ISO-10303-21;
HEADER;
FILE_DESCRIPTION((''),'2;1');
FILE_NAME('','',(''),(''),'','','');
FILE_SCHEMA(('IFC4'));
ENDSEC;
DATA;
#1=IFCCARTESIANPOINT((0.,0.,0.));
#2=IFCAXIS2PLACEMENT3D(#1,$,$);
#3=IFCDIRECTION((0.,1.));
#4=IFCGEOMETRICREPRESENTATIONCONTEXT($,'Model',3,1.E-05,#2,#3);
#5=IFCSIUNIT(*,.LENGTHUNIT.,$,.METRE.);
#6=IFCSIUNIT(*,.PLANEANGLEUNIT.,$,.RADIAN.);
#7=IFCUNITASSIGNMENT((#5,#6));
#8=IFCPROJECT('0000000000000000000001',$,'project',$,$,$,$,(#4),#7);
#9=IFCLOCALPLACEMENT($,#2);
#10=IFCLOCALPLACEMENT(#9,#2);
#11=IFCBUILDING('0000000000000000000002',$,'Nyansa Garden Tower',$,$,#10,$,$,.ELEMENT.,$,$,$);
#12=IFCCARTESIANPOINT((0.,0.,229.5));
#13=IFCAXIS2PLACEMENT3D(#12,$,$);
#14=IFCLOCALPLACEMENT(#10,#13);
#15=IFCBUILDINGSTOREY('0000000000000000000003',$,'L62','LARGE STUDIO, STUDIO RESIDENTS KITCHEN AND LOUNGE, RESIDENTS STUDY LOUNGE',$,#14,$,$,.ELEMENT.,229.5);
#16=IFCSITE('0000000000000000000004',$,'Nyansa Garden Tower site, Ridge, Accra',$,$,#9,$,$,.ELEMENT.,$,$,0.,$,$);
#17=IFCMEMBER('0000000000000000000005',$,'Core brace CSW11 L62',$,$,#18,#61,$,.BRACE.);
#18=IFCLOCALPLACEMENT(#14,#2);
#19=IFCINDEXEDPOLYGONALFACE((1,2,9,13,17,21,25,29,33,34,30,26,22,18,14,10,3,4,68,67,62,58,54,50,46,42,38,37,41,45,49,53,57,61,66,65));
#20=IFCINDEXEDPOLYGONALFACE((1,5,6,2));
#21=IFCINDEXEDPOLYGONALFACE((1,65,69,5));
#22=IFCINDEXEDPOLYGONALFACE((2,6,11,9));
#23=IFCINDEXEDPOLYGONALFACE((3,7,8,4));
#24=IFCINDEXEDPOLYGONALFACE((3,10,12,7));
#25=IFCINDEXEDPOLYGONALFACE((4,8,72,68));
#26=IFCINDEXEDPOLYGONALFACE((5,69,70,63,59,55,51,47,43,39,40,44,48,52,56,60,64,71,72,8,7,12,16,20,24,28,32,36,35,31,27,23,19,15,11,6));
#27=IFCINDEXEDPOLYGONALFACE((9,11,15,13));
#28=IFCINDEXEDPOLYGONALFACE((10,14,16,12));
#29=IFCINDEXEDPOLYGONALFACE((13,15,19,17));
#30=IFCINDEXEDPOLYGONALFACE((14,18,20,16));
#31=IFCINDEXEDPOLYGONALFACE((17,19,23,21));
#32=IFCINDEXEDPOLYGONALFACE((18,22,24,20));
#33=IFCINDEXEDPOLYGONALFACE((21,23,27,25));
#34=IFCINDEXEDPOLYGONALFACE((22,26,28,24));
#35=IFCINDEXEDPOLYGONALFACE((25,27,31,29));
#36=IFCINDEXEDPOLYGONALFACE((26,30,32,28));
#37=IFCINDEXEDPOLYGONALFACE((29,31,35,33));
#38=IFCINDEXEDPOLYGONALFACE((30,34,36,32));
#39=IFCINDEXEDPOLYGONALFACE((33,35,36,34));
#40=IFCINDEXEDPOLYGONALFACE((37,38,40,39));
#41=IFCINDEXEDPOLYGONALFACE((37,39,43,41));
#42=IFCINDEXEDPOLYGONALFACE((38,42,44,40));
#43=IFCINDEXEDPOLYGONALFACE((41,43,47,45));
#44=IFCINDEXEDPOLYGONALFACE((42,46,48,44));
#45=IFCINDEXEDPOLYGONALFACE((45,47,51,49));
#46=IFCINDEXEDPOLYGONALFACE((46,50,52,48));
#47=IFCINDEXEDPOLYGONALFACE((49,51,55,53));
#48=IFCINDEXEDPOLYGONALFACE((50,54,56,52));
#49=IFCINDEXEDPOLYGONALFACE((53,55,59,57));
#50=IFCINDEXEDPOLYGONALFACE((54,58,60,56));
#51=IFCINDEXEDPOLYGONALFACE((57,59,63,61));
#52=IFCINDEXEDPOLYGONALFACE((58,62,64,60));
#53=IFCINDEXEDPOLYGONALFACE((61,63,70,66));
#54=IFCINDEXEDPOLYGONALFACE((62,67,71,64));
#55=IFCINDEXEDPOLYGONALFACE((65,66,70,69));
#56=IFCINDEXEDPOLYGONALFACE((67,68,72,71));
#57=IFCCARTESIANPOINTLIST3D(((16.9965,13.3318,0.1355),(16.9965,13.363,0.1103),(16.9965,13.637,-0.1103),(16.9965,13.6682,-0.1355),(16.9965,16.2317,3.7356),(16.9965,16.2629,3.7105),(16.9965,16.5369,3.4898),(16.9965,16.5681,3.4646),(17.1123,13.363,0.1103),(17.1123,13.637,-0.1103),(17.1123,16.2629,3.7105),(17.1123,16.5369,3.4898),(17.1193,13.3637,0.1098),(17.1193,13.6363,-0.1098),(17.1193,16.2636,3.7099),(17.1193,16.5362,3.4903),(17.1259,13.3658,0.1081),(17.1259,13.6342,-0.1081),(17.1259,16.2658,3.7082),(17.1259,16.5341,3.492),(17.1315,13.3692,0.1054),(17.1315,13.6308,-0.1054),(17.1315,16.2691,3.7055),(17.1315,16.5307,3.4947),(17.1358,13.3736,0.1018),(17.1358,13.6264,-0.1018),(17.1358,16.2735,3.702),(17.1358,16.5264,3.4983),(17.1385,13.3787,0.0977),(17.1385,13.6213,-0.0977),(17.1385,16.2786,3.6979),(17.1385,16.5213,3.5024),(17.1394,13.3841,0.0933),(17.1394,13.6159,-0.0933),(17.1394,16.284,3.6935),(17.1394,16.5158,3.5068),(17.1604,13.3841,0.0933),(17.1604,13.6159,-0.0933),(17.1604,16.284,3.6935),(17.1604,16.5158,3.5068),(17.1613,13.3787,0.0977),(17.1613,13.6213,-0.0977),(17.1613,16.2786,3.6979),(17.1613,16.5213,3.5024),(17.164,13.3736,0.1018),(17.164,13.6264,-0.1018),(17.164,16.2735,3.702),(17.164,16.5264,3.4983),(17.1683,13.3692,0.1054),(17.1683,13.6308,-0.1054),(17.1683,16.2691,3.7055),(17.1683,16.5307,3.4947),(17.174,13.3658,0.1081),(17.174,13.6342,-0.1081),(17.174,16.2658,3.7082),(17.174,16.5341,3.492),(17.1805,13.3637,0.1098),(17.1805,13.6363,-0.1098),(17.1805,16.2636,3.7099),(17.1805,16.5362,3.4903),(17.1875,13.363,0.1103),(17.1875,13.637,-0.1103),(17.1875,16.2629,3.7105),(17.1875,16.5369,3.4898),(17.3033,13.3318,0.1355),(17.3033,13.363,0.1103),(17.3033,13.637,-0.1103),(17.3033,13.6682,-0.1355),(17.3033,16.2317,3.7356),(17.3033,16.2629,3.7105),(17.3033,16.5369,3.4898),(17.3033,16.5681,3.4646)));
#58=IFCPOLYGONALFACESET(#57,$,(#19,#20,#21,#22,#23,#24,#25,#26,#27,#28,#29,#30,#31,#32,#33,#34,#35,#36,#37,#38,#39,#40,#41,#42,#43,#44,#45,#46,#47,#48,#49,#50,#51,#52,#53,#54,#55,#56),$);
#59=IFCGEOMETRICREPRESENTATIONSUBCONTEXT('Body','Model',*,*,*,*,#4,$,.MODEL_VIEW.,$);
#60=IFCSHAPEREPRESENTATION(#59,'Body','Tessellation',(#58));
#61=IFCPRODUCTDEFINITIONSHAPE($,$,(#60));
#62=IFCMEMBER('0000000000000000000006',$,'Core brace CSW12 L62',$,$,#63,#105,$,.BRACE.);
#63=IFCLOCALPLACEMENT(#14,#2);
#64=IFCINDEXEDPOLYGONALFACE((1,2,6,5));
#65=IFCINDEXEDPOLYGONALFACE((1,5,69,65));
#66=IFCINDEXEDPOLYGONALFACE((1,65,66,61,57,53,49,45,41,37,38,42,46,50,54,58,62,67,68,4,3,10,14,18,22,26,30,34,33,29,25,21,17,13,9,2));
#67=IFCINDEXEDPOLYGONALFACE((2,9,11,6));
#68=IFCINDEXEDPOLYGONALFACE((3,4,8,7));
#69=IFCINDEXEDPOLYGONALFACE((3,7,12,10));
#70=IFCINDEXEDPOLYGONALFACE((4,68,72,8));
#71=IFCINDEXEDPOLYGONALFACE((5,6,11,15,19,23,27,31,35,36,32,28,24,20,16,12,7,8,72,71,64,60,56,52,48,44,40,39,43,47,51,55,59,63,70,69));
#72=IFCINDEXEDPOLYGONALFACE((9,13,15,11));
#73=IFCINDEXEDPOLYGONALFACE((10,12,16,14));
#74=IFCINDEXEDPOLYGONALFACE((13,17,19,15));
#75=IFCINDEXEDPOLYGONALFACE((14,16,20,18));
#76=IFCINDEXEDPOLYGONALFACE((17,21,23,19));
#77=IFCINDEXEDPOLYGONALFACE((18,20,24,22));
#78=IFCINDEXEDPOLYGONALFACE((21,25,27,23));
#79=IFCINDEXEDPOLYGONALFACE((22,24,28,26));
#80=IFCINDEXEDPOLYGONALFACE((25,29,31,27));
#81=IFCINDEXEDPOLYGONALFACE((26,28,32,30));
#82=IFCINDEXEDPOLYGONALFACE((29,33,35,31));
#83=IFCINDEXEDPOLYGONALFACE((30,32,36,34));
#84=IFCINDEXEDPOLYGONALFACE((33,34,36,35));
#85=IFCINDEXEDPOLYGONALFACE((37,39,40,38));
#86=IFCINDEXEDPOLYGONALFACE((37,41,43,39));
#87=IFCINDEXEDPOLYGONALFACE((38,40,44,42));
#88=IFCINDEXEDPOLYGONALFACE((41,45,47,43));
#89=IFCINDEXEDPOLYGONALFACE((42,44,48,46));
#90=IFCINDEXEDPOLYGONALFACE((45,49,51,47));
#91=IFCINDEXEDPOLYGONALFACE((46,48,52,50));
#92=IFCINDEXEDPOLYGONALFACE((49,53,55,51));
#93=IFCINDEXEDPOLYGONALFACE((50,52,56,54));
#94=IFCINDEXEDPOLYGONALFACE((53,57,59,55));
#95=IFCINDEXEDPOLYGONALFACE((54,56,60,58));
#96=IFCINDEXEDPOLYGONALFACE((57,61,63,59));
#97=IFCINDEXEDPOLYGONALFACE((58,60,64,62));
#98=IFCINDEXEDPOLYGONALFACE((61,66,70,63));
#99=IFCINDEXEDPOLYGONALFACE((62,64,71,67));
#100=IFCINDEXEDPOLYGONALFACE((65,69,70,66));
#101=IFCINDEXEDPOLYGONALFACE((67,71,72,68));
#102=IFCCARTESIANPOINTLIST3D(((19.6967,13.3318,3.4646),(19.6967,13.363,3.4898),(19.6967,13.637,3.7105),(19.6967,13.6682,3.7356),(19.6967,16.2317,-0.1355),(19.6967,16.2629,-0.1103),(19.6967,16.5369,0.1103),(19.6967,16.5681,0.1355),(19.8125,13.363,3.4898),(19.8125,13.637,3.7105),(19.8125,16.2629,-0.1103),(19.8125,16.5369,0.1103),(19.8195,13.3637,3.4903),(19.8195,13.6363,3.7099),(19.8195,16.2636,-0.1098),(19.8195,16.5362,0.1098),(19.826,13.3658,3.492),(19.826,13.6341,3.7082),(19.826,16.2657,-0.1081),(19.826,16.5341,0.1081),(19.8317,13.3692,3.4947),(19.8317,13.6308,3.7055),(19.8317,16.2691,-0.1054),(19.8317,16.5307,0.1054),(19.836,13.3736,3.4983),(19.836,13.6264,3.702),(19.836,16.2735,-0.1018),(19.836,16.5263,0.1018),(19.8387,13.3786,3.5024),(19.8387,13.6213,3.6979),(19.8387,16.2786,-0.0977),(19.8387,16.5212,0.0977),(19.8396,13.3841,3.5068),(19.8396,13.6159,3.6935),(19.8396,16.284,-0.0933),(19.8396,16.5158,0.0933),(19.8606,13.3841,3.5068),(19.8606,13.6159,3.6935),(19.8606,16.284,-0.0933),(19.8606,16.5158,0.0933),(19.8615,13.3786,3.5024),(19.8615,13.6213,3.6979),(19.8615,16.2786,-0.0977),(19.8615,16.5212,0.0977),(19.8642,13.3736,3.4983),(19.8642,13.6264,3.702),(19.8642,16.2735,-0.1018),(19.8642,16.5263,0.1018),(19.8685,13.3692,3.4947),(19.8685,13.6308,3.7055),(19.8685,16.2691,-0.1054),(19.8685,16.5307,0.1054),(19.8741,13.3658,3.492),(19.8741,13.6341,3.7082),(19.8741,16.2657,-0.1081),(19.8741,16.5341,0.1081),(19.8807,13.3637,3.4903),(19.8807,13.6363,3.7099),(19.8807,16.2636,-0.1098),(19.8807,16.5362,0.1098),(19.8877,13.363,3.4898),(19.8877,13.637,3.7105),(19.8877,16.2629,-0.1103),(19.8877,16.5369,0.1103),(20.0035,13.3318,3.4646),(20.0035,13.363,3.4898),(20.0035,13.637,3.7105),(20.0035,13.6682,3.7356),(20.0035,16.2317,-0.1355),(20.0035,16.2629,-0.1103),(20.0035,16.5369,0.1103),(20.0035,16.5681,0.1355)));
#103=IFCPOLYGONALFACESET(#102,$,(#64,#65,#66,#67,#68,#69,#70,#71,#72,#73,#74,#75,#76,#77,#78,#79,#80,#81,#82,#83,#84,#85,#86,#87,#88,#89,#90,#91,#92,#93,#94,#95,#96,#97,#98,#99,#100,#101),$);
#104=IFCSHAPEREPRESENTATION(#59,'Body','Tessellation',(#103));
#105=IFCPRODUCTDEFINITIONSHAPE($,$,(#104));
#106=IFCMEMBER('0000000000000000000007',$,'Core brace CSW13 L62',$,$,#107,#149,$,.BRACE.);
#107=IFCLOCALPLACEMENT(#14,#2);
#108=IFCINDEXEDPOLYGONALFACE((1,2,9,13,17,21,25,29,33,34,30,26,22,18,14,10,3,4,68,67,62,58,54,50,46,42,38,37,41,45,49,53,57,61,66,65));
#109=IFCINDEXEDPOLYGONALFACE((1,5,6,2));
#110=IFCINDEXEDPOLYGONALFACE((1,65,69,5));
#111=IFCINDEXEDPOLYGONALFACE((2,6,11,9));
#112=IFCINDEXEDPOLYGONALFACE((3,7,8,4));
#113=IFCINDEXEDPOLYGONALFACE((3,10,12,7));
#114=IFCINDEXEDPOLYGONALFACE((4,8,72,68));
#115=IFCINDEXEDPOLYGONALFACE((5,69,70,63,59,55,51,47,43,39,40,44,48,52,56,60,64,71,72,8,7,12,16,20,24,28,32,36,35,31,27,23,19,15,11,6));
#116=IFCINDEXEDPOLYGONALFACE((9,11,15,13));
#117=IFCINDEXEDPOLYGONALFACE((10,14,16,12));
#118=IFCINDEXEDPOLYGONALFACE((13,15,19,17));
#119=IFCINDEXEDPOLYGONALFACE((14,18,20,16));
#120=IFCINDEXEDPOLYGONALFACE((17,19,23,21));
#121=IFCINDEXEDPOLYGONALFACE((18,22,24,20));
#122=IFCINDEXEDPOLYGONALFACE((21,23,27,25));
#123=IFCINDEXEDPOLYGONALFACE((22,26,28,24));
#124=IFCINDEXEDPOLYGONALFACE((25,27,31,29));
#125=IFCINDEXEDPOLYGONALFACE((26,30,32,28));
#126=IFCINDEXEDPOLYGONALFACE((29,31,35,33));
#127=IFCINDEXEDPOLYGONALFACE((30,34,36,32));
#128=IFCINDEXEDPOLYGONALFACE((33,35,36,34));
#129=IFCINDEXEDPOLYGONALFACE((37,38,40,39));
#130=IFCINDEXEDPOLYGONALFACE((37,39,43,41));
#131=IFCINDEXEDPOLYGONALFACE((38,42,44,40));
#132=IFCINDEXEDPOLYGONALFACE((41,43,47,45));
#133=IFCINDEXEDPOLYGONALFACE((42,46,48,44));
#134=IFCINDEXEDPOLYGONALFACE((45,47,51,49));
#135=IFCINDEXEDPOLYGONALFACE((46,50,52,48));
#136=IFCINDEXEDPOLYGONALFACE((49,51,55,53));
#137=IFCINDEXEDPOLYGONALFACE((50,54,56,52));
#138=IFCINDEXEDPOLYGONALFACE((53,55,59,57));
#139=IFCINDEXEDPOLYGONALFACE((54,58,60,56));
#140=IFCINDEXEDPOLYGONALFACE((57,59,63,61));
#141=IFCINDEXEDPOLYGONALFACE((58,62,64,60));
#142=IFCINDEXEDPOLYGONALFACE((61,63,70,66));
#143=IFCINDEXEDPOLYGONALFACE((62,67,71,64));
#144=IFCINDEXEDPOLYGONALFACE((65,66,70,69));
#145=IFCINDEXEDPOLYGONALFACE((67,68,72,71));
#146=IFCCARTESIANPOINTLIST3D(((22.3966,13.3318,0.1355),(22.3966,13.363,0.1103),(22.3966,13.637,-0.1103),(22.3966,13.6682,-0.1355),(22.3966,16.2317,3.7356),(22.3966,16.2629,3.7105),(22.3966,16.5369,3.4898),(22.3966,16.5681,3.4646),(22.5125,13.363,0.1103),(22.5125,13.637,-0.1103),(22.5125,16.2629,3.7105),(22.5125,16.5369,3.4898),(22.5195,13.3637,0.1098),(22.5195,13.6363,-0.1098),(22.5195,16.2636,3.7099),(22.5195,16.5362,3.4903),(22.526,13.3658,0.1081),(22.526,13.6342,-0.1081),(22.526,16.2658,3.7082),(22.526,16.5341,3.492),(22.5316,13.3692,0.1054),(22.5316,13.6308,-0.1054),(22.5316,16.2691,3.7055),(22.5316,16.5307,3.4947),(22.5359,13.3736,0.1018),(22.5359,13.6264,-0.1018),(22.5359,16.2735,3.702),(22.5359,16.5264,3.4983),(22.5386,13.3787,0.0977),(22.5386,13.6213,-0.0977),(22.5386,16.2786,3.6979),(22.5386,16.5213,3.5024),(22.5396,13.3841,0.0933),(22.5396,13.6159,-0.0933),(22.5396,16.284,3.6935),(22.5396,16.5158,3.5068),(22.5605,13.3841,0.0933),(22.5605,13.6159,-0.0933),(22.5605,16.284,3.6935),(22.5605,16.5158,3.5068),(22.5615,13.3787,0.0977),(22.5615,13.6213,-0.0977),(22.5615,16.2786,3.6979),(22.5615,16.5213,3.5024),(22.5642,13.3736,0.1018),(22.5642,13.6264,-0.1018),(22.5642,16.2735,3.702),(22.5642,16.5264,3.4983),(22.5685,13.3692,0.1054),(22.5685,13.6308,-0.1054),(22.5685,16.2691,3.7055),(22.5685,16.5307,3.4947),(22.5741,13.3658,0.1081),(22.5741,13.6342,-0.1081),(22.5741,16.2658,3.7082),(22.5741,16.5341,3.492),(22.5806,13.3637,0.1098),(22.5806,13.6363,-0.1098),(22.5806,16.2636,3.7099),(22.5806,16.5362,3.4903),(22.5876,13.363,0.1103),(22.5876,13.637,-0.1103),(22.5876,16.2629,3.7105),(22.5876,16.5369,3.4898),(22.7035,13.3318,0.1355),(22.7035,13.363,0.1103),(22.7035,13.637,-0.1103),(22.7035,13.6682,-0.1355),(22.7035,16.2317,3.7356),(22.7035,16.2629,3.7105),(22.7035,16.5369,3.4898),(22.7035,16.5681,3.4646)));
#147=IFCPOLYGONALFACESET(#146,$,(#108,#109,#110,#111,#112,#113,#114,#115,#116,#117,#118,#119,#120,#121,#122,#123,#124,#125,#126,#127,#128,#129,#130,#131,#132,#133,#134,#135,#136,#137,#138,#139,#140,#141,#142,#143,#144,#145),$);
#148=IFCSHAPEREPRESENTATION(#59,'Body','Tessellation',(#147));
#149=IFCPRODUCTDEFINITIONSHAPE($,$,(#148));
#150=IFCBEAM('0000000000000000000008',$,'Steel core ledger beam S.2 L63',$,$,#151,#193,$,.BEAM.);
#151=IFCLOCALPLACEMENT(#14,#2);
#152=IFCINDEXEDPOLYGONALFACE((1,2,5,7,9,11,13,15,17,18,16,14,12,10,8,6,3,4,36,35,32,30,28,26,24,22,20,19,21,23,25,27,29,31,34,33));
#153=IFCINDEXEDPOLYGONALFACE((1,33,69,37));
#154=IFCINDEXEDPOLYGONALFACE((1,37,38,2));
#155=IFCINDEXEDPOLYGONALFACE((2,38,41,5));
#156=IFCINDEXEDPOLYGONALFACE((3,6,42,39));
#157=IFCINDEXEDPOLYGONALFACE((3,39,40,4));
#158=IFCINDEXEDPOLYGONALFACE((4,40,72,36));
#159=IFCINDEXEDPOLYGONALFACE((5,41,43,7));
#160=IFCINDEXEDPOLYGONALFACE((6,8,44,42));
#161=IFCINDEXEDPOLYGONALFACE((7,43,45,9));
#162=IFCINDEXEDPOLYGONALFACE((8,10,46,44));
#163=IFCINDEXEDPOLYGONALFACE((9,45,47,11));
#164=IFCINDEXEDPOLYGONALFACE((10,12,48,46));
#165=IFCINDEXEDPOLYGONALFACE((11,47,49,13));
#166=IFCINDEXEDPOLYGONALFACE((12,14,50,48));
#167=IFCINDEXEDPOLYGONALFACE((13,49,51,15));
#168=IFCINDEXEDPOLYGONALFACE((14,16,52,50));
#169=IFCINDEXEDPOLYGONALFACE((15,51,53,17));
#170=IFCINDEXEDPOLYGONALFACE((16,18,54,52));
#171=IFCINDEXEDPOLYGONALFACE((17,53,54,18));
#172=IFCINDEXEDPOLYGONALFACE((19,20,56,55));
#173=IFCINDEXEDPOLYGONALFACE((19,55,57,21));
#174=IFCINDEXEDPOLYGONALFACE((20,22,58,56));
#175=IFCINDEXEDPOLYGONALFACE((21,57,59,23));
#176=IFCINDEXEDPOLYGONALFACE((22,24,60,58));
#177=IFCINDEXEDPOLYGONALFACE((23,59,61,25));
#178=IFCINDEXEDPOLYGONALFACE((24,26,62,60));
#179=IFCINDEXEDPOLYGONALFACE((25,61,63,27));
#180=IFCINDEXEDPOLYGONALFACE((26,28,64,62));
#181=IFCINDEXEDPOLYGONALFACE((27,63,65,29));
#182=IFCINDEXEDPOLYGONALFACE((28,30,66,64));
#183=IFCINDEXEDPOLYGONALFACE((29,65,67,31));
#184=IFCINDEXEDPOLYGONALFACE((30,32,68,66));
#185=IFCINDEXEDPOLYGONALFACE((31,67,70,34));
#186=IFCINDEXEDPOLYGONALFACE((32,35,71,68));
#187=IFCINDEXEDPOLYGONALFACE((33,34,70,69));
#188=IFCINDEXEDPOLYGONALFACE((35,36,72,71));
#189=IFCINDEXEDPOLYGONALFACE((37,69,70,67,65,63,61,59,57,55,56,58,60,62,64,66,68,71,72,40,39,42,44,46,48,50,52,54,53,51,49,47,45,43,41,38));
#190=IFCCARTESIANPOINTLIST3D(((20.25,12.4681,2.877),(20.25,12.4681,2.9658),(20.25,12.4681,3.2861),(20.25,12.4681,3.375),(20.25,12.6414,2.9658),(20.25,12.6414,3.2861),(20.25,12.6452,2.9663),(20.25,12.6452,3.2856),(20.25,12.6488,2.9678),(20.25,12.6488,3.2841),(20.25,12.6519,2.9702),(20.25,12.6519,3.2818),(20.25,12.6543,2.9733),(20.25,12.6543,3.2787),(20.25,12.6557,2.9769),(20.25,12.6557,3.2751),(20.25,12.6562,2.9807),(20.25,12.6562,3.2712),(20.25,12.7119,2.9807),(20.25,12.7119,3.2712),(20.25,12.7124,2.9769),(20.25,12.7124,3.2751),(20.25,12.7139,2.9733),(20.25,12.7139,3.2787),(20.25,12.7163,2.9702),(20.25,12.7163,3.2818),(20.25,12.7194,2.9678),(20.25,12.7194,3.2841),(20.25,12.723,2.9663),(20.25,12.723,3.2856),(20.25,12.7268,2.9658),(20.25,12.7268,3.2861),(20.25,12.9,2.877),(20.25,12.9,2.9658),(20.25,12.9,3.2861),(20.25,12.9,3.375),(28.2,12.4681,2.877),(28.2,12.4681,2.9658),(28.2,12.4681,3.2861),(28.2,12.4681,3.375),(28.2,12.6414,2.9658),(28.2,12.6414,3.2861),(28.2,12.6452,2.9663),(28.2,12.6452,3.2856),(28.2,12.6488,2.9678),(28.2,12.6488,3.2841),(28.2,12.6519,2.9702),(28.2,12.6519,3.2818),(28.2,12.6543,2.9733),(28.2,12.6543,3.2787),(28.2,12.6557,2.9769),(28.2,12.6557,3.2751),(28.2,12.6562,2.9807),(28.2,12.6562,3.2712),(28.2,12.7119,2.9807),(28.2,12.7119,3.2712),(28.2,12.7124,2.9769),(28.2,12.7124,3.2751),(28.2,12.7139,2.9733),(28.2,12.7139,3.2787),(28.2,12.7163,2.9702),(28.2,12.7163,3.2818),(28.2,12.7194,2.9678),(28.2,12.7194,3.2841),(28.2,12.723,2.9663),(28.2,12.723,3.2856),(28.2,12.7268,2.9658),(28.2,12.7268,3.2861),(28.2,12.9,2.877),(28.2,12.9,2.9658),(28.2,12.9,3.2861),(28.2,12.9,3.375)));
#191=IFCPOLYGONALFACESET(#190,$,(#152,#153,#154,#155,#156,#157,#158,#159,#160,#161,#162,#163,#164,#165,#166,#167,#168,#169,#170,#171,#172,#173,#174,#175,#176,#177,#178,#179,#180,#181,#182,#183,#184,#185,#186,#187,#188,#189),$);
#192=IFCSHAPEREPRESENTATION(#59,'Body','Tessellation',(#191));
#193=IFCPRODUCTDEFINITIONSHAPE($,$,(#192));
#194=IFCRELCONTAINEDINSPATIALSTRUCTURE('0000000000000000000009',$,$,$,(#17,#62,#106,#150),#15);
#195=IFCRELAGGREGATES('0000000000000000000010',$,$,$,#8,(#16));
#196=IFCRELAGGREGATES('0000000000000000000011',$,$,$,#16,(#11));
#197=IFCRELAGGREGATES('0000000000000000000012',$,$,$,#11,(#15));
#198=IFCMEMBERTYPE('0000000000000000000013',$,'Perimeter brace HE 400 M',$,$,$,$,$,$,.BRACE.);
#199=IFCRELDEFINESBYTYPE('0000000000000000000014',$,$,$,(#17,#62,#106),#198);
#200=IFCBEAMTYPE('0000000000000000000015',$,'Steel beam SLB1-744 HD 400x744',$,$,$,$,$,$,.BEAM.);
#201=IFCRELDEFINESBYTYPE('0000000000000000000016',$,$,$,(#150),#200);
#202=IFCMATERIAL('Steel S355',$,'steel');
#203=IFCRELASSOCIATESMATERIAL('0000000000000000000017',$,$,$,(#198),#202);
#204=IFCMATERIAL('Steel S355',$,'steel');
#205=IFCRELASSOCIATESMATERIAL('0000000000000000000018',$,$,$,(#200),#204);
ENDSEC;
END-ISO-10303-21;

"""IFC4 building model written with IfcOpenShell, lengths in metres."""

from ifc_helpers import new_model, si_unit, direction, frame, origin, origin_2d, place, context, subcontext, project, spatial, i_section, extrude, material, material_profile, profile_set, type_object, element, save


model = new_model("IFC4")

# Units and contexts
model_context = context("Model", 3, precision=1e-05, world=origin(), true_north=direction((0.0, 1.0)))
body_context = subcontext(model_context, "Body", "Model", "MODEL_VIEW")
ifc_project = project(units=[si_unit("LENGTHUNIT", "METRE"), si_unit("PLANEANGLEUNIT", "RADIAN")], contexts=[model_context])

# Site, building, storey
site_placement = place(None, origin())
site = spatial("IfcSite", under=ifc_project, at=site_placement, Name="Nyansa Garden Tower site, Ridge, Accra", CompositionType="ELEMENT", RefElevation=0.0)
building_placement = place(site_placement, origin())
building = spatial("IfcBuilding", under=site, at=building_placement, Name="Nyansa Garden Tower", CompositionType="ELEMENT")
storey_placement = place(building_placement, frame((0.0, 0.0, 229.5)))
storey = spatial("IfcBuildingStorey", under=building, at=storey_placement, Name="L62", Description="LARGE STUDIO, STUDIO RESIDENTS KITCHEN AND LOUNGE, RESIDENTS STUDY LOUNGE", CompositionType="ELEMENT", Elevation=229.5)

# Members
ifc_material_1 = material(Name="Steel S355", Category="steel")
ifc_material_profile_1 = material_profile(ifc_material_1, i_section(OverallWidth=0.3069, OverallDepth=0.4319, WebThickness=0.021, FlangeThickness=0.04, FilletRadius=0.0271, at=origin_2d()), Name="HE 400 M")
ifc_profile_set_1 = profile_set([ifc_material_profile_1], Name="Steel S355")
member_type = type_object("IfcMemberType", Name="Perimeter brace HE 400 M", PredefinedType="BRACE", material=ifc_profile_set_1)
for number, where, z_axis, x_axis, name in (
    (1, (17.1499, 13.5, 0.0), (0.0, 0.627306, 0.778773), (-1.0, 0.0, 0.0), "Core brace CSW11 L62"),
    (2, (19.8501, 16.3999, 0.0), (0.0, -0.627306, 0.778773), (1.0, 0.0, 0.0), "Core brace CSW12 L62"),
    (3, (22.55, 13.5, 0.0), (0.0, 0.627306, 0.778773), (-1.0, 0.0, 0.0), "Core brace CSW13 L62"),
):
    element("IfcMember", number, at=place(storey_placement, frame(where, z_axis=z_axis, x_axis=x_axis)), inside=storey, type_object=member_type, Name=name, PredefinedType="BRACE", context=body_context, shape_type="SweptSolid", body=[
        extrude(i_section(OverallWidth=0.3069, OverallDepth=0.4319, WebThickness=0.021, FlangeThickness=0.04, FilletRadius=0.0271, at=origin_2d()), origin(), (0.0, 0.0, 1.0), 4.6228),
    ])

# Beam
ifc_material_2 = material(Name="Steel S355", Category="steel")
ifc_material_profile_2 = material_profile(ifc_material_2, i_section(OverallWidth=0.4319, OverallDepth=0.498, WebThickness=0.0557, FlangeThickness=0.0889, FilletRadius=0.0149, at=origin_2d()), Name="HD 400x744")
ifc_profile_set_2 = profile_set([ifc_material_profile_2], Name="Steel S355")
beam_type = type_object("IfcBeamType", Name="Steel beam SLB1-744 HD 400x744", PredefinedType="BEAM", material=ifc_profile_set_2)
beam_placement = place(storey_placement, frame((20.25, 12.6841, 3.126), z_axis=(1.0, 0.0, 0.0), x_axis=(0.0, 1.0, 0.0)))
element("IfcBeam", 4, at=beam_placement, inside=storey, type_object=beam_type, Name="Steel core ledger beam S.2 L63", PredefinedType="BEAM", context=body_context, shape_type="SweptSolid", body=[
    extrude(i_section(OverallWidth=0.4319, OverallDepth=0.498, WebThickness=0.0557, FlangeThickness=0.0889, FilletRadius=0.0149, at=origin_2d()), origin(), (0.0, 0.0, 1.0), 7.95),
])

save(model, "model.ifc")
